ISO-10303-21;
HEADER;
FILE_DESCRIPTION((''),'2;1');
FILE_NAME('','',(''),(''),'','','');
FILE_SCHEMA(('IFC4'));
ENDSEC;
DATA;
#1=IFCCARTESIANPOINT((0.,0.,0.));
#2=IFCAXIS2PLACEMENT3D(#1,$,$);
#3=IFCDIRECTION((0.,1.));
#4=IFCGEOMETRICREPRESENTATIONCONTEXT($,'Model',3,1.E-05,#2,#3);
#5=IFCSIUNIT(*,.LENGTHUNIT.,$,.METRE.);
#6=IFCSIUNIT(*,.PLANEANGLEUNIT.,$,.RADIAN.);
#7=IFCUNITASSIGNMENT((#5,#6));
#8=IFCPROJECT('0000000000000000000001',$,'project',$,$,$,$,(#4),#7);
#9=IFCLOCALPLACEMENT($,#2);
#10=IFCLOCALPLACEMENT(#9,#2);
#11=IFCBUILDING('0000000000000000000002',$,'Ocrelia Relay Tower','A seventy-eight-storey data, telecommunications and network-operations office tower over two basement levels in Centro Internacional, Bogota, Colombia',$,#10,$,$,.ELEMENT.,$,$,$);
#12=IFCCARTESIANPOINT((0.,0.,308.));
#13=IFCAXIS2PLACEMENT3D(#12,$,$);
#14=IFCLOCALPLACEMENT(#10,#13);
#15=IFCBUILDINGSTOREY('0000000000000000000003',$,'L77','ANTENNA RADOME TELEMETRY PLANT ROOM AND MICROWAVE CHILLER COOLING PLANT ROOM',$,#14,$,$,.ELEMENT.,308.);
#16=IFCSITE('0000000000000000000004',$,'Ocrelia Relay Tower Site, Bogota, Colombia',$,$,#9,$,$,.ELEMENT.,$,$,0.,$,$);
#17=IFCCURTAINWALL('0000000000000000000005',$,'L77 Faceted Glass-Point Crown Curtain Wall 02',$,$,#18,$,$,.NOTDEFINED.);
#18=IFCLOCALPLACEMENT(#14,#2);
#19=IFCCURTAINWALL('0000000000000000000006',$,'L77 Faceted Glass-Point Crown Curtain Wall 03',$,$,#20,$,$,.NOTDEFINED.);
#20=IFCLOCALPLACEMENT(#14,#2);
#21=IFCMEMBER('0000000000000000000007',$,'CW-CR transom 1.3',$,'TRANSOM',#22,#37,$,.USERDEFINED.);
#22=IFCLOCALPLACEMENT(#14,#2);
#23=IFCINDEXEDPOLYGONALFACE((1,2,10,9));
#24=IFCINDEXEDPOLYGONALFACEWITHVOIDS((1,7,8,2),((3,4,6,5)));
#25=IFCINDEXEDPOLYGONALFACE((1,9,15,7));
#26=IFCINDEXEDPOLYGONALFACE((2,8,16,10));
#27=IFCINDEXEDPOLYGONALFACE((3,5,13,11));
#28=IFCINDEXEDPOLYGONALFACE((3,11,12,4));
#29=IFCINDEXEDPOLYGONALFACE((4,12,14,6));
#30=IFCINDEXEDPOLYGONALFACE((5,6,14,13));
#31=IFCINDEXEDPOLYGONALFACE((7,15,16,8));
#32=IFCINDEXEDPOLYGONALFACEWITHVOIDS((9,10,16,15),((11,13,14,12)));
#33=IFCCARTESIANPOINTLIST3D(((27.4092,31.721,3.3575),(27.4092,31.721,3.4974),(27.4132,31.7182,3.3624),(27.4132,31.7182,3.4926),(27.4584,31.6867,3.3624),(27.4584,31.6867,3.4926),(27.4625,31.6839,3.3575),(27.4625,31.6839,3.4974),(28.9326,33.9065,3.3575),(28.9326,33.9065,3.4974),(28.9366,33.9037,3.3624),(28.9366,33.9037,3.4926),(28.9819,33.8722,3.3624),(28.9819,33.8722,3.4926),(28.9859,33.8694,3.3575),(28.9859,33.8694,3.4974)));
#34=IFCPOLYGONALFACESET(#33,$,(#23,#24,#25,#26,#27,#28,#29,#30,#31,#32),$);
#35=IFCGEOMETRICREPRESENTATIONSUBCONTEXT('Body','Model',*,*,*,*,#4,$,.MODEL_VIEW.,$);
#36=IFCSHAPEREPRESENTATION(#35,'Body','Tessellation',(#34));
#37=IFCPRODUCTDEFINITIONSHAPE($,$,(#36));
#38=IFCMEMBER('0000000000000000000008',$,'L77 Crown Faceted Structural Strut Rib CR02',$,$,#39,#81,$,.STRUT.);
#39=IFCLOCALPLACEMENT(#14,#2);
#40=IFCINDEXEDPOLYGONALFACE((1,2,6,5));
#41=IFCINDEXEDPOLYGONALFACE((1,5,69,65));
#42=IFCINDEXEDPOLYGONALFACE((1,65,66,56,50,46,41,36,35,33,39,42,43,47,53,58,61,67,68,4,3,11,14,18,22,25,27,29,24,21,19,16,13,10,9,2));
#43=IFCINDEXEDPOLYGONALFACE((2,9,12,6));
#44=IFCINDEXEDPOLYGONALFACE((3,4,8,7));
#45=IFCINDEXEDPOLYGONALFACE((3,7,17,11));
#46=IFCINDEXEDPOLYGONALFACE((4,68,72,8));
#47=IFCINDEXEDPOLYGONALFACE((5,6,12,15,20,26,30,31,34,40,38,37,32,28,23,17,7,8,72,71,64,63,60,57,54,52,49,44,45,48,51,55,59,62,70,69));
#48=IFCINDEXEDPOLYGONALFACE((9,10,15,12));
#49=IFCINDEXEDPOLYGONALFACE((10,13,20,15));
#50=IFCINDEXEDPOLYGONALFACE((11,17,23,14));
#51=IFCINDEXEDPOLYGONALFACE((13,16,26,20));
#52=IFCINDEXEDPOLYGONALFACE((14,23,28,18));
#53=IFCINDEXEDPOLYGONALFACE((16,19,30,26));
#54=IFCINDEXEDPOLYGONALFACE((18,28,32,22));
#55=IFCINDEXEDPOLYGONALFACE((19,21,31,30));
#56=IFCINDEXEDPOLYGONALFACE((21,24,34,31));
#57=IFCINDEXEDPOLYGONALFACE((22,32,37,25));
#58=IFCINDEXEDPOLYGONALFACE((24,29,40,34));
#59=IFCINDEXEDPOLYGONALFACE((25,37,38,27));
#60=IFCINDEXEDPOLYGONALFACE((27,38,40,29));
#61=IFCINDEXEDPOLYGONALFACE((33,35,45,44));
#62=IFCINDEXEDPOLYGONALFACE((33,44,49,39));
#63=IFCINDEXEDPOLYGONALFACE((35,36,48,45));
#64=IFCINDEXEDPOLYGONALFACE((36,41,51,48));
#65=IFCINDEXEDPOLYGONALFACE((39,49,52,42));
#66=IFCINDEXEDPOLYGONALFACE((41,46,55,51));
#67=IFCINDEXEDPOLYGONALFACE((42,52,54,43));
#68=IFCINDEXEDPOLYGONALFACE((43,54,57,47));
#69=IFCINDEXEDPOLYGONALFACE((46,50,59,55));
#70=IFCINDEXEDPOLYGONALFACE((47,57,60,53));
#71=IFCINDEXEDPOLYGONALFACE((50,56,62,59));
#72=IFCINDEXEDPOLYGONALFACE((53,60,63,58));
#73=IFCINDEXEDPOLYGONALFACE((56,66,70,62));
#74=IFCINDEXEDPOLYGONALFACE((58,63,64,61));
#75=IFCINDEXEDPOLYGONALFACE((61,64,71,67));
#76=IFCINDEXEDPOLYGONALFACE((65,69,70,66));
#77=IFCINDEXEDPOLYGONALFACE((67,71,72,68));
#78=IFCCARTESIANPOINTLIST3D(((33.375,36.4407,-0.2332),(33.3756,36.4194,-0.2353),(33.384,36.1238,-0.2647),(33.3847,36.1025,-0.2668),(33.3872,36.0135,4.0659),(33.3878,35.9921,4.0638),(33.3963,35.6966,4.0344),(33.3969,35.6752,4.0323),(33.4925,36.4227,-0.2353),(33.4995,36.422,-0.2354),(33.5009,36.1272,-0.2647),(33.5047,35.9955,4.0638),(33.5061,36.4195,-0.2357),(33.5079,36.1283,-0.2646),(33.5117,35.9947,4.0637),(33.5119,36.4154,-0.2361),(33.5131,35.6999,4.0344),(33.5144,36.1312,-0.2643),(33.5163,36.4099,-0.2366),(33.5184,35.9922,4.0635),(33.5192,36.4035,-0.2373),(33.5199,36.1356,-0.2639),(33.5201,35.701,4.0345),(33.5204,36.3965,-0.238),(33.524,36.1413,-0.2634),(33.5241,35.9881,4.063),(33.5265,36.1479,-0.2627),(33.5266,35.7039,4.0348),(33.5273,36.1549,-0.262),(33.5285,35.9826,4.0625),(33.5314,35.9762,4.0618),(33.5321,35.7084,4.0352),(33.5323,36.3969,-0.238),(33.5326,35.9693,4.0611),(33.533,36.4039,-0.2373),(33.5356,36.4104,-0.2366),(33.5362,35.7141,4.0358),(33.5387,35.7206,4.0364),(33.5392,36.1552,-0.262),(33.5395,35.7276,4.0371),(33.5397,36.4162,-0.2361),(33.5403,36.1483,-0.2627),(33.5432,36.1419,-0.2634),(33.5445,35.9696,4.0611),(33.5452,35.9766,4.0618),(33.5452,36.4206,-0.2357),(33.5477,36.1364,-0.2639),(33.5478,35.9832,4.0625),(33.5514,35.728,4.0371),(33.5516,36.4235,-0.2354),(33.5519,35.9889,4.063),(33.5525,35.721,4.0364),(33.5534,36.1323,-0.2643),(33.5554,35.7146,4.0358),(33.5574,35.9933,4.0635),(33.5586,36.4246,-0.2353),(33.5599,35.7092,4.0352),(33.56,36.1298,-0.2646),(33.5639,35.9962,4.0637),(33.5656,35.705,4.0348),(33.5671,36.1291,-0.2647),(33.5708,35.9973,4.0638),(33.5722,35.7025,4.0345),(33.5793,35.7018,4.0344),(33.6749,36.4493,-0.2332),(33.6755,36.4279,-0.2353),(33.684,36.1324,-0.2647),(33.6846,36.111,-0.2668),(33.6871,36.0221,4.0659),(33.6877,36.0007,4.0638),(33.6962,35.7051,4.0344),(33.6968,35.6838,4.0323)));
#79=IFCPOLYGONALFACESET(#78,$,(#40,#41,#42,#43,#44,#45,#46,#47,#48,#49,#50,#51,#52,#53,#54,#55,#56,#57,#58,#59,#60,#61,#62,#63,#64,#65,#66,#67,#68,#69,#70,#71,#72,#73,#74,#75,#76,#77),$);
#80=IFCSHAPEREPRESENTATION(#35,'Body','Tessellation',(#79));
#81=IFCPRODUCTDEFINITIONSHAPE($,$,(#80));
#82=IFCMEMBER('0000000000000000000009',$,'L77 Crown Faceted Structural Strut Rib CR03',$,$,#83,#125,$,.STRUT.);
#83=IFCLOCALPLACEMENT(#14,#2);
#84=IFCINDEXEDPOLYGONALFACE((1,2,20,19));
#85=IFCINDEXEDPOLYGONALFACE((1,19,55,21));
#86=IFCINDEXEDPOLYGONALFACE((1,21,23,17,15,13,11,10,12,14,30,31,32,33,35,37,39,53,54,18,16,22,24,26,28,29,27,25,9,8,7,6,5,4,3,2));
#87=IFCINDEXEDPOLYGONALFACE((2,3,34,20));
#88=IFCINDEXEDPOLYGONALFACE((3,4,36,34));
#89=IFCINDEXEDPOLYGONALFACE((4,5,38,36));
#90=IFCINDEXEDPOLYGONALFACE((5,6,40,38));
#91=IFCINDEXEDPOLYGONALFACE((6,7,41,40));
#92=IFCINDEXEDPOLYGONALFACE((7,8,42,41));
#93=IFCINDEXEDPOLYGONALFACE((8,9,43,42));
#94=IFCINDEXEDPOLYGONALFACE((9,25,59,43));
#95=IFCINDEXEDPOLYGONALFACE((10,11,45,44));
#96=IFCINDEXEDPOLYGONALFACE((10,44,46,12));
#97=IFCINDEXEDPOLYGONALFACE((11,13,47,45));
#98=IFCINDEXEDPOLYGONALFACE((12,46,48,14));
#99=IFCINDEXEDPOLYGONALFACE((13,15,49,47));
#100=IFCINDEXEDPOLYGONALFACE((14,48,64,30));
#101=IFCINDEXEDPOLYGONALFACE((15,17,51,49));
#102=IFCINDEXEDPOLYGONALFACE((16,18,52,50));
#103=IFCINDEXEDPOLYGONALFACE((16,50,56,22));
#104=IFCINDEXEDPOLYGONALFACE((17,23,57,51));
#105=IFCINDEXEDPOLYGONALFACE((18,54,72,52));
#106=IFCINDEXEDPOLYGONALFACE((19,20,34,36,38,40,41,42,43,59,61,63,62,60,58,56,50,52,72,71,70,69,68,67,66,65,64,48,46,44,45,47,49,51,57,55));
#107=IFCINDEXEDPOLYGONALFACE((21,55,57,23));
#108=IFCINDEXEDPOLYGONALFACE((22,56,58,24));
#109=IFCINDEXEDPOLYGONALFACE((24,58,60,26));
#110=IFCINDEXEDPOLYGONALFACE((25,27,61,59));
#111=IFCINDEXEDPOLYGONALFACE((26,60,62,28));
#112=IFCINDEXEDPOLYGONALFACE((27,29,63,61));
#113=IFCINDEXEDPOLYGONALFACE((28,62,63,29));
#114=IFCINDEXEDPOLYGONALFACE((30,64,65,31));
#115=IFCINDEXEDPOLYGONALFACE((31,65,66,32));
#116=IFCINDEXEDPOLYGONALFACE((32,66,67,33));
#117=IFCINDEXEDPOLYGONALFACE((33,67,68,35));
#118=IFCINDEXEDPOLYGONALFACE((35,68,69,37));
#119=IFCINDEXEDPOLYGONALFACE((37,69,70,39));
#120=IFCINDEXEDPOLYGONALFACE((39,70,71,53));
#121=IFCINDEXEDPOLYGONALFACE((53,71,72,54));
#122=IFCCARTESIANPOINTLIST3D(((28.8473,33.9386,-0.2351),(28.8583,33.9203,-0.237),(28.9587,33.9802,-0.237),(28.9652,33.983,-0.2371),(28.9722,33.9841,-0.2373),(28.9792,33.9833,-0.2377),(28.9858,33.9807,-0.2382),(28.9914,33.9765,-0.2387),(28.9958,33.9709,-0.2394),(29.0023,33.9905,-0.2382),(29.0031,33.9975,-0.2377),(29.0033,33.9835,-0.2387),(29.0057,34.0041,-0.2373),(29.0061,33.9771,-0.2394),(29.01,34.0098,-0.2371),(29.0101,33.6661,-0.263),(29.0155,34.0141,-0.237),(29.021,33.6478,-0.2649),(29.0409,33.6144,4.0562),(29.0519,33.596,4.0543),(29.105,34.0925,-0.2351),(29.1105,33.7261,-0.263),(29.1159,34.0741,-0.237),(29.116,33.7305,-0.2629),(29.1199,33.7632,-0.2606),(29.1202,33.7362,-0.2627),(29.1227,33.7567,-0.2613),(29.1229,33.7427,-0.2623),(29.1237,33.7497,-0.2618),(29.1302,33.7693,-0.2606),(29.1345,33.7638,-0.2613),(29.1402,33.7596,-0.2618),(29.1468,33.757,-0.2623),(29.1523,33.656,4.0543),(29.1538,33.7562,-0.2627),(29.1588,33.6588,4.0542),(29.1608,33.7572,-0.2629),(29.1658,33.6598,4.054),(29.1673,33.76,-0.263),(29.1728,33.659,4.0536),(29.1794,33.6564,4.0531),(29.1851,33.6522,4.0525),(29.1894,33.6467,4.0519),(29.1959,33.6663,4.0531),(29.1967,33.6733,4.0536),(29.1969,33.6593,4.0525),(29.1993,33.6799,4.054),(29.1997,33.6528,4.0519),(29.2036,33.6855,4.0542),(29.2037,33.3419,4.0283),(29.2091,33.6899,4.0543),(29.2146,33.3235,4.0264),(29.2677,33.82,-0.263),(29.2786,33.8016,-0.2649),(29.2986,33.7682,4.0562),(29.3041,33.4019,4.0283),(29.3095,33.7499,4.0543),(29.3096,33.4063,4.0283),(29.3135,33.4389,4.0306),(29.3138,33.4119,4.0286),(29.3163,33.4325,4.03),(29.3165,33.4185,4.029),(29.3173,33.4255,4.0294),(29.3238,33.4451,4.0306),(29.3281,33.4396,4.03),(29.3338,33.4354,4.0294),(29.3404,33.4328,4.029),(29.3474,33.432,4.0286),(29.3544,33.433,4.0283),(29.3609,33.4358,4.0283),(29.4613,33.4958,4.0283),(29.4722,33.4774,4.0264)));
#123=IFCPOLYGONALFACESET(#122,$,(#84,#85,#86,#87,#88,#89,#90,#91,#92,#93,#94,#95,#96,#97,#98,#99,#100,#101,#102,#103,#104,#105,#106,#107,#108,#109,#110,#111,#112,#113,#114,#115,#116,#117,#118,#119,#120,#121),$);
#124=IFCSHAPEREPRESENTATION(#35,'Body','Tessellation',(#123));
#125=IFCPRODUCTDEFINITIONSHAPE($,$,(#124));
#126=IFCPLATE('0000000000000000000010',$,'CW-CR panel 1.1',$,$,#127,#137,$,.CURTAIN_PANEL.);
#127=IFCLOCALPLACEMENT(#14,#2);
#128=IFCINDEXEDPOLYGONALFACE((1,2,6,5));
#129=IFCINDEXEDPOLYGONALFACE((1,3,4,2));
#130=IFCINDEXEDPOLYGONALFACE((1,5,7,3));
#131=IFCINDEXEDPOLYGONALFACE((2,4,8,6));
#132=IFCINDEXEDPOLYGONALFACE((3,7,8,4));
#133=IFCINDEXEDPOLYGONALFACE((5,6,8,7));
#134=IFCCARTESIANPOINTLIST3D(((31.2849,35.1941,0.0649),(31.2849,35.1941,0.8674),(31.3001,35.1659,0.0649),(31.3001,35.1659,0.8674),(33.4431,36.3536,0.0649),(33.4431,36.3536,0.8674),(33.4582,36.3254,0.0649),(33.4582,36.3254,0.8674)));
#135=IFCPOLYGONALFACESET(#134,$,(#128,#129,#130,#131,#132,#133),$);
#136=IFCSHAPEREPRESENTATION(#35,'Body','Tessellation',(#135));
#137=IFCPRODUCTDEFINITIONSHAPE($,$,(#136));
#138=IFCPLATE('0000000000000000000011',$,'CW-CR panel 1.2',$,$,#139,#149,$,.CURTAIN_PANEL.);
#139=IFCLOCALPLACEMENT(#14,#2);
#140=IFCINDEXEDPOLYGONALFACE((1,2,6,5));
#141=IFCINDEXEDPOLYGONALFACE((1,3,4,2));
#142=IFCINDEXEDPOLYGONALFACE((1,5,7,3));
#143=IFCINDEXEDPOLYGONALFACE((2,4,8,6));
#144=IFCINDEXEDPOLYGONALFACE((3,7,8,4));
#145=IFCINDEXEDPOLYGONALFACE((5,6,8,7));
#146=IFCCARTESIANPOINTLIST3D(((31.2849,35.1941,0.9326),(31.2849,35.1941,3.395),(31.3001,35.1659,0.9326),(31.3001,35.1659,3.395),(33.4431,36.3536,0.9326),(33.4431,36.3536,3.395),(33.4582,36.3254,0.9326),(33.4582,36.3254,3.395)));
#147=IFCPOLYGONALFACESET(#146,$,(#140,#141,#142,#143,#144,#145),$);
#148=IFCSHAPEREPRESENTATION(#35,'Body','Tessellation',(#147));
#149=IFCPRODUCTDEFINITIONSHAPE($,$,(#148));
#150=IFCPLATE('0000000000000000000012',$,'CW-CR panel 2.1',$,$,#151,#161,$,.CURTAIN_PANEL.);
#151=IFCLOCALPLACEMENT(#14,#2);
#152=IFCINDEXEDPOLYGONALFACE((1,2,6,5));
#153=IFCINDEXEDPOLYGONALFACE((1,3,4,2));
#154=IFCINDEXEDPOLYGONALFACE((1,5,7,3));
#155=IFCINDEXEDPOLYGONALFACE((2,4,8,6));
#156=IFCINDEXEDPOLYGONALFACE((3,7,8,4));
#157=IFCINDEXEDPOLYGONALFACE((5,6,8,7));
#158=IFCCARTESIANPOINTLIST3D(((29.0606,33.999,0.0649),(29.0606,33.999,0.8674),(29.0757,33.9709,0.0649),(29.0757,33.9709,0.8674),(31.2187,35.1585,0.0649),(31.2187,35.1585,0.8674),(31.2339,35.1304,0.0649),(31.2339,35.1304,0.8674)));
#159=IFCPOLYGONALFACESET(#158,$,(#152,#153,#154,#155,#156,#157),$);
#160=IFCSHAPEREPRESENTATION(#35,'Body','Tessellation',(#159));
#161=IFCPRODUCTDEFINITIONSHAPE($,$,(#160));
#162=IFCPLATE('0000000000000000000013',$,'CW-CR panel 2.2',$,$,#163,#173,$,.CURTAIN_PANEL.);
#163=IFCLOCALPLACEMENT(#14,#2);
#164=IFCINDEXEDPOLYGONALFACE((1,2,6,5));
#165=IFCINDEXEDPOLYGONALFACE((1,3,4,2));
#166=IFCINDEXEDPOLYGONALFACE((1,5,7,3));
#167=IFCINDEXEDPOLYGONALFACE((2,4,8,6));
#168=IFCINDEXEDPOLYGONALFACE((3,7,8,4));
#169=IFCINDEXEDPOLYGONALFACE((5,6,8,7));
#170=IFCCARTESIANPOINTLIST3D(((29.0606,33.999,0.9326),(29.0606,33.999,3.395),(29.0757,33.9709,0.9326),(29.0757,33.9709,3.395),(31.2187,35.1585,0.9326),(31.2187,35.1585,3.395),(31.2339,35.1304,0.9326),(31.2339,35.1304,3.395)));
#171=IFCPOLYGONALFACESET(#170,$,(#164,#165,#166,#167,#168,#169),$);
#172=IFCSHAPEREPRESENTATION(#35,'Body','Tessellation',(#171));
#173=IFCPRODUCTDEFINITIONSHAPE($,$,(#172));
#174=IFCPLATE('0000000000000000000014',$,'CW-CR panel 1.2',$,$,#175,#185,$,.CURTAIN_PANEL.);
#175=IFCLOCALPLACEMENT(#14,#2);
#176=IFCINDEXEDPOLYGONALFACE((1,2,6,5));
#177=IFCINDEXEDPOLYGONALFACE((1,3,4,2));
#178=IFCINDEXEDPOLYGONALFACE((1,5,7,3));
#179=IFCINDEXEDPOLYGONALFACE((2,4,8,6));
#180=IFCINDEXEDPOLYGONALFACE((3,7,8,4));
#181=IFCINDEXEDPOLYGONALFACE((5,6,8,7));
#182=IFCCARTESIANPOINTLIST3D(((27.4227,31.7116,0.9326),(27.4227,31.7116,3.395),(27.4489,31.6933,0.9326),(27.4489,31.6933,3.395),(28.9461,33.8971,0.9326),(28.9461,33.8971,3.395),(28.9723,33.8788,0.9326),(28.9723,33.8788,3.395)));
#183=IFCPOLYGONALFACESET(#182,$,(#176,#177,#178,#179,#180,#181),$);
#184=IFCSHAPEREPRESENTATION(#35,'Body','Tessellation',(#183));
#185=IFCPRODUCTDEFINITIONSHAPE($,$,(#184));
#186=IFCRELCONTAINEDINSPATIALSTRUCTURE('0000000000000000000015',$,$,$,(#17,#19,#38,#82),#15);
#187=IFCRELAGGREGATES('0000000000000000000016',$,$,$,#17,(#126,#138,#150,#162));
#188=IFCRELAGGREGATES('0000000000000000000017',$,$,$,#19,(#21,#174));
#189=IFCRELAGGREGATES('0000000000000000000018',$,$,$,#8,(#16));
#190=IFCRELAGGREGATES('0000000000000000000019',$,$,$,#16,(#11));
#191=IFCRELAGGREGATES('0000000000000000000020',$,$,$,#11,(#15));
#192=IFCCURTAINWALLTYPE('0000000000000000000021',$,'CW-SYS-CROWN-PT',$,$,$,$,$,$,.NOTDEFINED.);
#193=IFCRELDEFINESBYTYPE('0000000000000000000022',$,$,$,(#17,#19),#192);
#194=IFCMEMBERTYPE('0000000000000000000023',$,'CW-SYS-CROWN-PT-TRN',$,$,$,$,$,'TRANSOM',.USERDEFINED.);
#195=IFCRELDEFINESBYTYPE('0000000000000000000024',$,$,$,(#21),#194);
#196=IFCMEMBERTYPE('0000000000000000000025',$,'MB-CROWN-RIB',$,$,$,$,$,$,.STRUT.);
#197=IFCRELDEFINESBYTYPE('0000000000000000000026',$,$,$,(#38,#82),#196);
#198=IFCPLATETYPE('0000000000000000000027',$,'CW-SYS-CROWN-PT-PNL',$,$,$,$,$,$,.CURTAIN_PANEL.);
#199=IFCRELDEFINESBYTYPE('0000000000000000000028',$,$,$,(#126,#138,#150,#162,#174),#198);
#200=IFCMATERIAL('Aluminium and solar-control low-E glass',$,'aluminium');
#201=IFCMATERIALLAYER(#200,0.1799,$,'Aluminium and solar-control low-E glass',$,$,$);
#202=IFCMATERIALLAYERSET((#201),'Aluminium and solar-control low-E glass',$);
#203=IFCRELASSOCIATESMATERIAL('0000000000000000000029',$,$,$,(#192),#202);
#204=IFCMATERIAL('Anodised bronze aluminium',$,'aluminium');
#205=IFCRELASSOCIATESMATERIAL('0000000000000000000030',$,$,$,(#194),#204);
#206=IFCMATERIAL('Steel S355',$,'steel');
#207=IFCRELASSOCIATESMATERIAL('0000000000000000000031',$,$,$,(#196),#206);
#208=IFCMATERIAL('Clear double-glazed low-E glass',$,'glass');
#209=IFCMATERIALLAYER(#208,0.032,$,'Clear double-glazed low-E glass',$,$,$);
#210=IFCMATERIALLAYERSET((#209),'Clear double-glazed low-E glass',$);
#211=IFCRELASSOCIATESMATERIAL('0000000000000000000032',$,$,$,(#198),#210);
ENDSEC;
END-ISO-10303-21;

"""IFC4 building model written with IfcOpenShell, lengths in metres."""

from ifc_helpers import new_model, si_unit, direction, frame, origin, origin_2d, place, context, subcontext, project, spatial, rectangle, hollow_rectangle, i_section, extrude, material, layer, layer_set, material_profile, profile_set, type_object, element, aggregate, save


model = new_model("IFC4")

# Units and contexts
model_context = context("Model", 3, precision=1e-05, world=origin(), true_north=direction((0.0, 1.0)))
body_context = subcontext(model_context, "Body", "Model", "MODEL_VIEW")
ifc_project = project(units=[si_unit("LENGTHUNIT", "METRE"), si_unit("PLANEANGLEUNIT", "RADIAN")], contexts=[model_context])

# Site, building, storey
site_placement = place(None, origin())
site = spatial("IfcSite", under=ifc_project, at=site_placement, Name="Ocrelia Relay Tower Site, Bogota, Colombia", CompositionType="ELEMENT", RefElevation=0.0)
building_placement = place(site_placement, origin())
building = spatial("IfcBuilding", under=site, at=building_placement, Name="Ocrelia Relay Tower", Description="A seventy-eight-storey data, telecommunications and network-operations office tower over two basement levels in Centro Internacional, Bogota, Colombia", CompositionType="ELEMENT")
storey_placement = place(building_placement, frame((0.0, 0.0, 308.0)))
storey = spatial("IfcBuildingStorey", under=building, at=storey_placement, Name="L77", Description="ANTENNA RADOME TELEMETRY PLANT ROOM AND MICROWAVE CHILLER COOLING PLANT ROOM", CompositionType="ELEMENT", Elevation=308.0)

# Shared definitions
ifc_material_1 = material(Name="Steel S355", Category="steel")

# Shared definitions
ifc_material_2 = material(Name="Aluminium and solar-control low-E glass", Category="aluminium")
ifc_layer_1 = layer(ifc_material_2, 0.1799, Name="Aluminium and solar-control low-E glass")
ifc_layer_set_1 = layer_set([ifc_layer_1], Name="Aluminium and solar-control low-E glass")
curtain_wall_type = type_object("IfcCurtainWallType", Name="CW-SYS-CROWN-PT", PredefinedType="NOTDEFINED", material=ifc_layer_set_1)
ifc_material_3 = material(Name="Anodised bronze aluminium", Category="aluminium")

# Curtain wall
curtain_wall_1_placement = place(storey_placement, origin())
curtain_wall_1 = element("IfcCurtainWall", 1, at=curtain_wall_1_placement, inside=storey, type_object=curtain_wall_type, Name="L77 Faceted Glass-Point Crown Curtain Wall 02", PredefinedType="NOTDEFINED")

# Curtain wall
curtain_wall_2_placement = place(storey_placement, origin())
curtain_wall_2 = element("IfcCurtainWall", 2, at=curtain_wall_2_placement, inside=storey, type_object=curtain_wall_type, Name="L77 Faceted Glass-Point Crown Curtain Wall 03", PredefinedType="NOTDEFINED")

# Member
ifc_material_profile_1 = material_profile(ifc_material_3, hollow_rectangle(XDim=0.0649, YDim=0.1399, WallThickness=0.0049, at=origin_2d()), Name="CW-TRN-140x65")
ifc_profile_set_1 = profile_set([ifc_material_profile_1], Name="Anodised bronze aluminium")
member_type_1 = type_object("IfcMemberType", Name="CW-SYS-CROWN-PT-TRN", ElementType="TRANSOM", PredefinedType="USERDEFINED", material=ifc_profile_set_1)
member_1_placement = place(storey_placement, frame((28.9592, 33.8879, 3.4275), z_axis=(-0.571838, -0.820367, 0.0), x_axis=(0.820367, -0.571838, 0.0)))
member_1 = element("IfcMember", 3, at=member_1_placement, type_object=member_type_1, Name="CW-CR transom 1.3", ObjectType="TRANSOM", PredefinedType="USERDEFINED", context=body_context, shape_type="SweptSolid", body=[
    extrude(hollow_rectangle(XDim=0.0649, YDim=0.1399, WallThickness=0.0049, at=origin_2d()), origin(), (0.0, 0.0, 1.0), 2.6641),
])

# Members
ifc_material_profile_2 = material_profile(ifc_material_1, i_section(OverallWidth=0.3, OverallDepth=0.3401, WebThickness=0.012, FlangeThickness=0.0215, FilletRadius=0.0271, at=origin_2d()), Name="HEB 340")
ifc_profile_set_2 = profile_set([ifc_material_profile_2], Name="Steel S355")
member_type_2 = type_object("IfcMemberType", Name="MB-CROWN-RIB", PredefinedType="STRUT", material=ifc_profile_set_2)
member_2_placement = place(storey_placement, frame((33.5298, 36.2759, -0.25), z_axis=(0.002826, -0.098893, 0.995094), x_axis=(0.999592, 0.02856, 0.0)))
element("IfcMember", 4, at=member_2_placement, inside=storey, type_object=member_type_2, Name="L77 Crown Faceted Structural Strut Rib CR02", PredefinedType="STRUT", context=body_context, shape_type="SweptSolid", body=[
    extrude(i_section(OverallWidth=0.3, OverallDepth=0.3401, WebThickness=0.012, FlangeThickness=0.0215, FilletRadius=0.0271, at=origin_2d()), origin(), (0.0, 0.0, 1.0), 4.3203),
])
member_3_placement = place(storey_placement, frame((29.063, 33.8701, -0.25), z_axis=(0.044942, -0.075262, 0.99615), x_axis=(0.858575, 0.512688, 0.0)))
element("IfcMember", 5, at=member_3_placement, inside=storey, type_object=member_type_2, Name="L77 Crown Faceted Structural Strut Rib CR03", PredefinedType="STRUT", context=body_context, shape_type="SweptSolid", body=[
    extrude(i_section(OverallWidth=0.3, OverallDepth=0.3401, WebThickness=0.012, FlangeThickness=0.0215, FilletRadius=0.0271, at=origin_2d()), origin(), (0.0, 0.0, 1.0), 4.3079),
])

# Plates
ifc_material_4 = material(Name="Clear double-glazed low-E glass", Category="glass")
ifc_layer_2 = layer(ifc_material_4, 0.032, Name="Clear double-glazed low-E glass")
ifc_layer_set_2 = layer_set([ifc_layer_2], Name="Clear double-glazed low-E glass")
plate_type = type_object("IfcPlateType", Name="CW-SYS-CROWN-PT-PNL", PredefinedType="CURTAIN_PANEL", material=ifc_layer_set_2)
plate_1_placement = place(storey_placement, frame((32.3716, 35.7598, 0.0649), z_axis=(0.0, 0.0, 1.0), x_axis=(-0.880914, -0.473277, 0.0)))
plate_1 = element("IfcPlate", 6, at=plate_1_placement, type_object=plate_type, Name="CW-CR panel 1.1", PredefinedType="CURTAIN_PANEL", context=body_context, shape_type="SweptSolid", body=[
    extrude(rectangle(XDim=2.45, YDim=0.032, at=origin_2d()), origin(), (0.0, 0.0, 1.0), 0.8025),
])
plate_2_placement = place(storey_placement, frame((32.3716, 35.7598, 0.9326), z_axis=(0.0, 0.0, 1.0), x_axis=(-0.880914, -0.473277, 0.0)))
plate_2 = element("IfcPlate", 7, at=plate_2_placement, type_object=plate_type, Name="CW-CR panel 1.2", PredefinedType="CURTAIN_PANEL", context=body_context, shape_type="SweptSolid", body=[
    extrude(rectangle(XDim=2.45, YDim=0.032, at=origin_2d()), origin(), (0.0, 0.0, 1.0), 2.4624),
])
plate_3_placement = place(storey_placement, frame((30.1472, 34.5647, 0.0649), z_axis=(0.0, 0.0, 1.0), x_axis=(-0.880914, -0.473277, 0.0)))
plate_3 = element("IfcPlate", 8, at=plate_3_placement, type_object=plate_type, Name="CW-CR panel 2.1", PredefinedType="CURTAIN_PANEL", context=body_context, shape_type="SweptSolid", body=[
    extrude(rectangle(XDim=2.45, YDim=0.032, at=origin_2d()), origin(), (0.0, 0.0, 1.0), 0.8025),
])
plate_4_placement = place(storey_placement, frame((30.1472, 34.5647, 0.9326), z_axis=(0.0, 0.0, 1.0), x_axis=(-0.880914, -0.473277, 0.0)))
plate_4 = element("IfcPlate", 9, at=plate_4_placement, type_object=plate_type, Name="CW-CR panel 2.2", PredefinedType="CURTAIN_PANEL", context=body_context, shape_type="SweptSolid", body=[
    extrude(rectangle(XDim=2.45, YDim=0.032, at=origin_2d()), origin(), (0.0, 0.0, 1.0), 2.4624),
])
aggregate(curtain_wall_1, [plate_1, plate_2, plate_3, plate_4])
plate_5_placement = place(storey_placement, frame((28.1975, 32.7952, 0.9326), z_axis=(0.0, 0.0, 1.0), x_axis=(-0.571848, -0.82036, 0.0)))
plate_5 = element("IfcPlate", 10, at=plate_5_placement, type_object=plate_type, Name="CW-CR panel 1.2", PredefinedType="CURTAIN_PANEL", context=body_context, shape_type="SweptSolid", body=[
    extrude(rectangle(XDim=2.6641, YDim=0.032, at=origin_2d()), origin(), (0.0, 0.0, 1.0), 2.4624),
])
aggregate(curtain_wall_2, [member_1, plate_5])

save(model, "model.ifc")
